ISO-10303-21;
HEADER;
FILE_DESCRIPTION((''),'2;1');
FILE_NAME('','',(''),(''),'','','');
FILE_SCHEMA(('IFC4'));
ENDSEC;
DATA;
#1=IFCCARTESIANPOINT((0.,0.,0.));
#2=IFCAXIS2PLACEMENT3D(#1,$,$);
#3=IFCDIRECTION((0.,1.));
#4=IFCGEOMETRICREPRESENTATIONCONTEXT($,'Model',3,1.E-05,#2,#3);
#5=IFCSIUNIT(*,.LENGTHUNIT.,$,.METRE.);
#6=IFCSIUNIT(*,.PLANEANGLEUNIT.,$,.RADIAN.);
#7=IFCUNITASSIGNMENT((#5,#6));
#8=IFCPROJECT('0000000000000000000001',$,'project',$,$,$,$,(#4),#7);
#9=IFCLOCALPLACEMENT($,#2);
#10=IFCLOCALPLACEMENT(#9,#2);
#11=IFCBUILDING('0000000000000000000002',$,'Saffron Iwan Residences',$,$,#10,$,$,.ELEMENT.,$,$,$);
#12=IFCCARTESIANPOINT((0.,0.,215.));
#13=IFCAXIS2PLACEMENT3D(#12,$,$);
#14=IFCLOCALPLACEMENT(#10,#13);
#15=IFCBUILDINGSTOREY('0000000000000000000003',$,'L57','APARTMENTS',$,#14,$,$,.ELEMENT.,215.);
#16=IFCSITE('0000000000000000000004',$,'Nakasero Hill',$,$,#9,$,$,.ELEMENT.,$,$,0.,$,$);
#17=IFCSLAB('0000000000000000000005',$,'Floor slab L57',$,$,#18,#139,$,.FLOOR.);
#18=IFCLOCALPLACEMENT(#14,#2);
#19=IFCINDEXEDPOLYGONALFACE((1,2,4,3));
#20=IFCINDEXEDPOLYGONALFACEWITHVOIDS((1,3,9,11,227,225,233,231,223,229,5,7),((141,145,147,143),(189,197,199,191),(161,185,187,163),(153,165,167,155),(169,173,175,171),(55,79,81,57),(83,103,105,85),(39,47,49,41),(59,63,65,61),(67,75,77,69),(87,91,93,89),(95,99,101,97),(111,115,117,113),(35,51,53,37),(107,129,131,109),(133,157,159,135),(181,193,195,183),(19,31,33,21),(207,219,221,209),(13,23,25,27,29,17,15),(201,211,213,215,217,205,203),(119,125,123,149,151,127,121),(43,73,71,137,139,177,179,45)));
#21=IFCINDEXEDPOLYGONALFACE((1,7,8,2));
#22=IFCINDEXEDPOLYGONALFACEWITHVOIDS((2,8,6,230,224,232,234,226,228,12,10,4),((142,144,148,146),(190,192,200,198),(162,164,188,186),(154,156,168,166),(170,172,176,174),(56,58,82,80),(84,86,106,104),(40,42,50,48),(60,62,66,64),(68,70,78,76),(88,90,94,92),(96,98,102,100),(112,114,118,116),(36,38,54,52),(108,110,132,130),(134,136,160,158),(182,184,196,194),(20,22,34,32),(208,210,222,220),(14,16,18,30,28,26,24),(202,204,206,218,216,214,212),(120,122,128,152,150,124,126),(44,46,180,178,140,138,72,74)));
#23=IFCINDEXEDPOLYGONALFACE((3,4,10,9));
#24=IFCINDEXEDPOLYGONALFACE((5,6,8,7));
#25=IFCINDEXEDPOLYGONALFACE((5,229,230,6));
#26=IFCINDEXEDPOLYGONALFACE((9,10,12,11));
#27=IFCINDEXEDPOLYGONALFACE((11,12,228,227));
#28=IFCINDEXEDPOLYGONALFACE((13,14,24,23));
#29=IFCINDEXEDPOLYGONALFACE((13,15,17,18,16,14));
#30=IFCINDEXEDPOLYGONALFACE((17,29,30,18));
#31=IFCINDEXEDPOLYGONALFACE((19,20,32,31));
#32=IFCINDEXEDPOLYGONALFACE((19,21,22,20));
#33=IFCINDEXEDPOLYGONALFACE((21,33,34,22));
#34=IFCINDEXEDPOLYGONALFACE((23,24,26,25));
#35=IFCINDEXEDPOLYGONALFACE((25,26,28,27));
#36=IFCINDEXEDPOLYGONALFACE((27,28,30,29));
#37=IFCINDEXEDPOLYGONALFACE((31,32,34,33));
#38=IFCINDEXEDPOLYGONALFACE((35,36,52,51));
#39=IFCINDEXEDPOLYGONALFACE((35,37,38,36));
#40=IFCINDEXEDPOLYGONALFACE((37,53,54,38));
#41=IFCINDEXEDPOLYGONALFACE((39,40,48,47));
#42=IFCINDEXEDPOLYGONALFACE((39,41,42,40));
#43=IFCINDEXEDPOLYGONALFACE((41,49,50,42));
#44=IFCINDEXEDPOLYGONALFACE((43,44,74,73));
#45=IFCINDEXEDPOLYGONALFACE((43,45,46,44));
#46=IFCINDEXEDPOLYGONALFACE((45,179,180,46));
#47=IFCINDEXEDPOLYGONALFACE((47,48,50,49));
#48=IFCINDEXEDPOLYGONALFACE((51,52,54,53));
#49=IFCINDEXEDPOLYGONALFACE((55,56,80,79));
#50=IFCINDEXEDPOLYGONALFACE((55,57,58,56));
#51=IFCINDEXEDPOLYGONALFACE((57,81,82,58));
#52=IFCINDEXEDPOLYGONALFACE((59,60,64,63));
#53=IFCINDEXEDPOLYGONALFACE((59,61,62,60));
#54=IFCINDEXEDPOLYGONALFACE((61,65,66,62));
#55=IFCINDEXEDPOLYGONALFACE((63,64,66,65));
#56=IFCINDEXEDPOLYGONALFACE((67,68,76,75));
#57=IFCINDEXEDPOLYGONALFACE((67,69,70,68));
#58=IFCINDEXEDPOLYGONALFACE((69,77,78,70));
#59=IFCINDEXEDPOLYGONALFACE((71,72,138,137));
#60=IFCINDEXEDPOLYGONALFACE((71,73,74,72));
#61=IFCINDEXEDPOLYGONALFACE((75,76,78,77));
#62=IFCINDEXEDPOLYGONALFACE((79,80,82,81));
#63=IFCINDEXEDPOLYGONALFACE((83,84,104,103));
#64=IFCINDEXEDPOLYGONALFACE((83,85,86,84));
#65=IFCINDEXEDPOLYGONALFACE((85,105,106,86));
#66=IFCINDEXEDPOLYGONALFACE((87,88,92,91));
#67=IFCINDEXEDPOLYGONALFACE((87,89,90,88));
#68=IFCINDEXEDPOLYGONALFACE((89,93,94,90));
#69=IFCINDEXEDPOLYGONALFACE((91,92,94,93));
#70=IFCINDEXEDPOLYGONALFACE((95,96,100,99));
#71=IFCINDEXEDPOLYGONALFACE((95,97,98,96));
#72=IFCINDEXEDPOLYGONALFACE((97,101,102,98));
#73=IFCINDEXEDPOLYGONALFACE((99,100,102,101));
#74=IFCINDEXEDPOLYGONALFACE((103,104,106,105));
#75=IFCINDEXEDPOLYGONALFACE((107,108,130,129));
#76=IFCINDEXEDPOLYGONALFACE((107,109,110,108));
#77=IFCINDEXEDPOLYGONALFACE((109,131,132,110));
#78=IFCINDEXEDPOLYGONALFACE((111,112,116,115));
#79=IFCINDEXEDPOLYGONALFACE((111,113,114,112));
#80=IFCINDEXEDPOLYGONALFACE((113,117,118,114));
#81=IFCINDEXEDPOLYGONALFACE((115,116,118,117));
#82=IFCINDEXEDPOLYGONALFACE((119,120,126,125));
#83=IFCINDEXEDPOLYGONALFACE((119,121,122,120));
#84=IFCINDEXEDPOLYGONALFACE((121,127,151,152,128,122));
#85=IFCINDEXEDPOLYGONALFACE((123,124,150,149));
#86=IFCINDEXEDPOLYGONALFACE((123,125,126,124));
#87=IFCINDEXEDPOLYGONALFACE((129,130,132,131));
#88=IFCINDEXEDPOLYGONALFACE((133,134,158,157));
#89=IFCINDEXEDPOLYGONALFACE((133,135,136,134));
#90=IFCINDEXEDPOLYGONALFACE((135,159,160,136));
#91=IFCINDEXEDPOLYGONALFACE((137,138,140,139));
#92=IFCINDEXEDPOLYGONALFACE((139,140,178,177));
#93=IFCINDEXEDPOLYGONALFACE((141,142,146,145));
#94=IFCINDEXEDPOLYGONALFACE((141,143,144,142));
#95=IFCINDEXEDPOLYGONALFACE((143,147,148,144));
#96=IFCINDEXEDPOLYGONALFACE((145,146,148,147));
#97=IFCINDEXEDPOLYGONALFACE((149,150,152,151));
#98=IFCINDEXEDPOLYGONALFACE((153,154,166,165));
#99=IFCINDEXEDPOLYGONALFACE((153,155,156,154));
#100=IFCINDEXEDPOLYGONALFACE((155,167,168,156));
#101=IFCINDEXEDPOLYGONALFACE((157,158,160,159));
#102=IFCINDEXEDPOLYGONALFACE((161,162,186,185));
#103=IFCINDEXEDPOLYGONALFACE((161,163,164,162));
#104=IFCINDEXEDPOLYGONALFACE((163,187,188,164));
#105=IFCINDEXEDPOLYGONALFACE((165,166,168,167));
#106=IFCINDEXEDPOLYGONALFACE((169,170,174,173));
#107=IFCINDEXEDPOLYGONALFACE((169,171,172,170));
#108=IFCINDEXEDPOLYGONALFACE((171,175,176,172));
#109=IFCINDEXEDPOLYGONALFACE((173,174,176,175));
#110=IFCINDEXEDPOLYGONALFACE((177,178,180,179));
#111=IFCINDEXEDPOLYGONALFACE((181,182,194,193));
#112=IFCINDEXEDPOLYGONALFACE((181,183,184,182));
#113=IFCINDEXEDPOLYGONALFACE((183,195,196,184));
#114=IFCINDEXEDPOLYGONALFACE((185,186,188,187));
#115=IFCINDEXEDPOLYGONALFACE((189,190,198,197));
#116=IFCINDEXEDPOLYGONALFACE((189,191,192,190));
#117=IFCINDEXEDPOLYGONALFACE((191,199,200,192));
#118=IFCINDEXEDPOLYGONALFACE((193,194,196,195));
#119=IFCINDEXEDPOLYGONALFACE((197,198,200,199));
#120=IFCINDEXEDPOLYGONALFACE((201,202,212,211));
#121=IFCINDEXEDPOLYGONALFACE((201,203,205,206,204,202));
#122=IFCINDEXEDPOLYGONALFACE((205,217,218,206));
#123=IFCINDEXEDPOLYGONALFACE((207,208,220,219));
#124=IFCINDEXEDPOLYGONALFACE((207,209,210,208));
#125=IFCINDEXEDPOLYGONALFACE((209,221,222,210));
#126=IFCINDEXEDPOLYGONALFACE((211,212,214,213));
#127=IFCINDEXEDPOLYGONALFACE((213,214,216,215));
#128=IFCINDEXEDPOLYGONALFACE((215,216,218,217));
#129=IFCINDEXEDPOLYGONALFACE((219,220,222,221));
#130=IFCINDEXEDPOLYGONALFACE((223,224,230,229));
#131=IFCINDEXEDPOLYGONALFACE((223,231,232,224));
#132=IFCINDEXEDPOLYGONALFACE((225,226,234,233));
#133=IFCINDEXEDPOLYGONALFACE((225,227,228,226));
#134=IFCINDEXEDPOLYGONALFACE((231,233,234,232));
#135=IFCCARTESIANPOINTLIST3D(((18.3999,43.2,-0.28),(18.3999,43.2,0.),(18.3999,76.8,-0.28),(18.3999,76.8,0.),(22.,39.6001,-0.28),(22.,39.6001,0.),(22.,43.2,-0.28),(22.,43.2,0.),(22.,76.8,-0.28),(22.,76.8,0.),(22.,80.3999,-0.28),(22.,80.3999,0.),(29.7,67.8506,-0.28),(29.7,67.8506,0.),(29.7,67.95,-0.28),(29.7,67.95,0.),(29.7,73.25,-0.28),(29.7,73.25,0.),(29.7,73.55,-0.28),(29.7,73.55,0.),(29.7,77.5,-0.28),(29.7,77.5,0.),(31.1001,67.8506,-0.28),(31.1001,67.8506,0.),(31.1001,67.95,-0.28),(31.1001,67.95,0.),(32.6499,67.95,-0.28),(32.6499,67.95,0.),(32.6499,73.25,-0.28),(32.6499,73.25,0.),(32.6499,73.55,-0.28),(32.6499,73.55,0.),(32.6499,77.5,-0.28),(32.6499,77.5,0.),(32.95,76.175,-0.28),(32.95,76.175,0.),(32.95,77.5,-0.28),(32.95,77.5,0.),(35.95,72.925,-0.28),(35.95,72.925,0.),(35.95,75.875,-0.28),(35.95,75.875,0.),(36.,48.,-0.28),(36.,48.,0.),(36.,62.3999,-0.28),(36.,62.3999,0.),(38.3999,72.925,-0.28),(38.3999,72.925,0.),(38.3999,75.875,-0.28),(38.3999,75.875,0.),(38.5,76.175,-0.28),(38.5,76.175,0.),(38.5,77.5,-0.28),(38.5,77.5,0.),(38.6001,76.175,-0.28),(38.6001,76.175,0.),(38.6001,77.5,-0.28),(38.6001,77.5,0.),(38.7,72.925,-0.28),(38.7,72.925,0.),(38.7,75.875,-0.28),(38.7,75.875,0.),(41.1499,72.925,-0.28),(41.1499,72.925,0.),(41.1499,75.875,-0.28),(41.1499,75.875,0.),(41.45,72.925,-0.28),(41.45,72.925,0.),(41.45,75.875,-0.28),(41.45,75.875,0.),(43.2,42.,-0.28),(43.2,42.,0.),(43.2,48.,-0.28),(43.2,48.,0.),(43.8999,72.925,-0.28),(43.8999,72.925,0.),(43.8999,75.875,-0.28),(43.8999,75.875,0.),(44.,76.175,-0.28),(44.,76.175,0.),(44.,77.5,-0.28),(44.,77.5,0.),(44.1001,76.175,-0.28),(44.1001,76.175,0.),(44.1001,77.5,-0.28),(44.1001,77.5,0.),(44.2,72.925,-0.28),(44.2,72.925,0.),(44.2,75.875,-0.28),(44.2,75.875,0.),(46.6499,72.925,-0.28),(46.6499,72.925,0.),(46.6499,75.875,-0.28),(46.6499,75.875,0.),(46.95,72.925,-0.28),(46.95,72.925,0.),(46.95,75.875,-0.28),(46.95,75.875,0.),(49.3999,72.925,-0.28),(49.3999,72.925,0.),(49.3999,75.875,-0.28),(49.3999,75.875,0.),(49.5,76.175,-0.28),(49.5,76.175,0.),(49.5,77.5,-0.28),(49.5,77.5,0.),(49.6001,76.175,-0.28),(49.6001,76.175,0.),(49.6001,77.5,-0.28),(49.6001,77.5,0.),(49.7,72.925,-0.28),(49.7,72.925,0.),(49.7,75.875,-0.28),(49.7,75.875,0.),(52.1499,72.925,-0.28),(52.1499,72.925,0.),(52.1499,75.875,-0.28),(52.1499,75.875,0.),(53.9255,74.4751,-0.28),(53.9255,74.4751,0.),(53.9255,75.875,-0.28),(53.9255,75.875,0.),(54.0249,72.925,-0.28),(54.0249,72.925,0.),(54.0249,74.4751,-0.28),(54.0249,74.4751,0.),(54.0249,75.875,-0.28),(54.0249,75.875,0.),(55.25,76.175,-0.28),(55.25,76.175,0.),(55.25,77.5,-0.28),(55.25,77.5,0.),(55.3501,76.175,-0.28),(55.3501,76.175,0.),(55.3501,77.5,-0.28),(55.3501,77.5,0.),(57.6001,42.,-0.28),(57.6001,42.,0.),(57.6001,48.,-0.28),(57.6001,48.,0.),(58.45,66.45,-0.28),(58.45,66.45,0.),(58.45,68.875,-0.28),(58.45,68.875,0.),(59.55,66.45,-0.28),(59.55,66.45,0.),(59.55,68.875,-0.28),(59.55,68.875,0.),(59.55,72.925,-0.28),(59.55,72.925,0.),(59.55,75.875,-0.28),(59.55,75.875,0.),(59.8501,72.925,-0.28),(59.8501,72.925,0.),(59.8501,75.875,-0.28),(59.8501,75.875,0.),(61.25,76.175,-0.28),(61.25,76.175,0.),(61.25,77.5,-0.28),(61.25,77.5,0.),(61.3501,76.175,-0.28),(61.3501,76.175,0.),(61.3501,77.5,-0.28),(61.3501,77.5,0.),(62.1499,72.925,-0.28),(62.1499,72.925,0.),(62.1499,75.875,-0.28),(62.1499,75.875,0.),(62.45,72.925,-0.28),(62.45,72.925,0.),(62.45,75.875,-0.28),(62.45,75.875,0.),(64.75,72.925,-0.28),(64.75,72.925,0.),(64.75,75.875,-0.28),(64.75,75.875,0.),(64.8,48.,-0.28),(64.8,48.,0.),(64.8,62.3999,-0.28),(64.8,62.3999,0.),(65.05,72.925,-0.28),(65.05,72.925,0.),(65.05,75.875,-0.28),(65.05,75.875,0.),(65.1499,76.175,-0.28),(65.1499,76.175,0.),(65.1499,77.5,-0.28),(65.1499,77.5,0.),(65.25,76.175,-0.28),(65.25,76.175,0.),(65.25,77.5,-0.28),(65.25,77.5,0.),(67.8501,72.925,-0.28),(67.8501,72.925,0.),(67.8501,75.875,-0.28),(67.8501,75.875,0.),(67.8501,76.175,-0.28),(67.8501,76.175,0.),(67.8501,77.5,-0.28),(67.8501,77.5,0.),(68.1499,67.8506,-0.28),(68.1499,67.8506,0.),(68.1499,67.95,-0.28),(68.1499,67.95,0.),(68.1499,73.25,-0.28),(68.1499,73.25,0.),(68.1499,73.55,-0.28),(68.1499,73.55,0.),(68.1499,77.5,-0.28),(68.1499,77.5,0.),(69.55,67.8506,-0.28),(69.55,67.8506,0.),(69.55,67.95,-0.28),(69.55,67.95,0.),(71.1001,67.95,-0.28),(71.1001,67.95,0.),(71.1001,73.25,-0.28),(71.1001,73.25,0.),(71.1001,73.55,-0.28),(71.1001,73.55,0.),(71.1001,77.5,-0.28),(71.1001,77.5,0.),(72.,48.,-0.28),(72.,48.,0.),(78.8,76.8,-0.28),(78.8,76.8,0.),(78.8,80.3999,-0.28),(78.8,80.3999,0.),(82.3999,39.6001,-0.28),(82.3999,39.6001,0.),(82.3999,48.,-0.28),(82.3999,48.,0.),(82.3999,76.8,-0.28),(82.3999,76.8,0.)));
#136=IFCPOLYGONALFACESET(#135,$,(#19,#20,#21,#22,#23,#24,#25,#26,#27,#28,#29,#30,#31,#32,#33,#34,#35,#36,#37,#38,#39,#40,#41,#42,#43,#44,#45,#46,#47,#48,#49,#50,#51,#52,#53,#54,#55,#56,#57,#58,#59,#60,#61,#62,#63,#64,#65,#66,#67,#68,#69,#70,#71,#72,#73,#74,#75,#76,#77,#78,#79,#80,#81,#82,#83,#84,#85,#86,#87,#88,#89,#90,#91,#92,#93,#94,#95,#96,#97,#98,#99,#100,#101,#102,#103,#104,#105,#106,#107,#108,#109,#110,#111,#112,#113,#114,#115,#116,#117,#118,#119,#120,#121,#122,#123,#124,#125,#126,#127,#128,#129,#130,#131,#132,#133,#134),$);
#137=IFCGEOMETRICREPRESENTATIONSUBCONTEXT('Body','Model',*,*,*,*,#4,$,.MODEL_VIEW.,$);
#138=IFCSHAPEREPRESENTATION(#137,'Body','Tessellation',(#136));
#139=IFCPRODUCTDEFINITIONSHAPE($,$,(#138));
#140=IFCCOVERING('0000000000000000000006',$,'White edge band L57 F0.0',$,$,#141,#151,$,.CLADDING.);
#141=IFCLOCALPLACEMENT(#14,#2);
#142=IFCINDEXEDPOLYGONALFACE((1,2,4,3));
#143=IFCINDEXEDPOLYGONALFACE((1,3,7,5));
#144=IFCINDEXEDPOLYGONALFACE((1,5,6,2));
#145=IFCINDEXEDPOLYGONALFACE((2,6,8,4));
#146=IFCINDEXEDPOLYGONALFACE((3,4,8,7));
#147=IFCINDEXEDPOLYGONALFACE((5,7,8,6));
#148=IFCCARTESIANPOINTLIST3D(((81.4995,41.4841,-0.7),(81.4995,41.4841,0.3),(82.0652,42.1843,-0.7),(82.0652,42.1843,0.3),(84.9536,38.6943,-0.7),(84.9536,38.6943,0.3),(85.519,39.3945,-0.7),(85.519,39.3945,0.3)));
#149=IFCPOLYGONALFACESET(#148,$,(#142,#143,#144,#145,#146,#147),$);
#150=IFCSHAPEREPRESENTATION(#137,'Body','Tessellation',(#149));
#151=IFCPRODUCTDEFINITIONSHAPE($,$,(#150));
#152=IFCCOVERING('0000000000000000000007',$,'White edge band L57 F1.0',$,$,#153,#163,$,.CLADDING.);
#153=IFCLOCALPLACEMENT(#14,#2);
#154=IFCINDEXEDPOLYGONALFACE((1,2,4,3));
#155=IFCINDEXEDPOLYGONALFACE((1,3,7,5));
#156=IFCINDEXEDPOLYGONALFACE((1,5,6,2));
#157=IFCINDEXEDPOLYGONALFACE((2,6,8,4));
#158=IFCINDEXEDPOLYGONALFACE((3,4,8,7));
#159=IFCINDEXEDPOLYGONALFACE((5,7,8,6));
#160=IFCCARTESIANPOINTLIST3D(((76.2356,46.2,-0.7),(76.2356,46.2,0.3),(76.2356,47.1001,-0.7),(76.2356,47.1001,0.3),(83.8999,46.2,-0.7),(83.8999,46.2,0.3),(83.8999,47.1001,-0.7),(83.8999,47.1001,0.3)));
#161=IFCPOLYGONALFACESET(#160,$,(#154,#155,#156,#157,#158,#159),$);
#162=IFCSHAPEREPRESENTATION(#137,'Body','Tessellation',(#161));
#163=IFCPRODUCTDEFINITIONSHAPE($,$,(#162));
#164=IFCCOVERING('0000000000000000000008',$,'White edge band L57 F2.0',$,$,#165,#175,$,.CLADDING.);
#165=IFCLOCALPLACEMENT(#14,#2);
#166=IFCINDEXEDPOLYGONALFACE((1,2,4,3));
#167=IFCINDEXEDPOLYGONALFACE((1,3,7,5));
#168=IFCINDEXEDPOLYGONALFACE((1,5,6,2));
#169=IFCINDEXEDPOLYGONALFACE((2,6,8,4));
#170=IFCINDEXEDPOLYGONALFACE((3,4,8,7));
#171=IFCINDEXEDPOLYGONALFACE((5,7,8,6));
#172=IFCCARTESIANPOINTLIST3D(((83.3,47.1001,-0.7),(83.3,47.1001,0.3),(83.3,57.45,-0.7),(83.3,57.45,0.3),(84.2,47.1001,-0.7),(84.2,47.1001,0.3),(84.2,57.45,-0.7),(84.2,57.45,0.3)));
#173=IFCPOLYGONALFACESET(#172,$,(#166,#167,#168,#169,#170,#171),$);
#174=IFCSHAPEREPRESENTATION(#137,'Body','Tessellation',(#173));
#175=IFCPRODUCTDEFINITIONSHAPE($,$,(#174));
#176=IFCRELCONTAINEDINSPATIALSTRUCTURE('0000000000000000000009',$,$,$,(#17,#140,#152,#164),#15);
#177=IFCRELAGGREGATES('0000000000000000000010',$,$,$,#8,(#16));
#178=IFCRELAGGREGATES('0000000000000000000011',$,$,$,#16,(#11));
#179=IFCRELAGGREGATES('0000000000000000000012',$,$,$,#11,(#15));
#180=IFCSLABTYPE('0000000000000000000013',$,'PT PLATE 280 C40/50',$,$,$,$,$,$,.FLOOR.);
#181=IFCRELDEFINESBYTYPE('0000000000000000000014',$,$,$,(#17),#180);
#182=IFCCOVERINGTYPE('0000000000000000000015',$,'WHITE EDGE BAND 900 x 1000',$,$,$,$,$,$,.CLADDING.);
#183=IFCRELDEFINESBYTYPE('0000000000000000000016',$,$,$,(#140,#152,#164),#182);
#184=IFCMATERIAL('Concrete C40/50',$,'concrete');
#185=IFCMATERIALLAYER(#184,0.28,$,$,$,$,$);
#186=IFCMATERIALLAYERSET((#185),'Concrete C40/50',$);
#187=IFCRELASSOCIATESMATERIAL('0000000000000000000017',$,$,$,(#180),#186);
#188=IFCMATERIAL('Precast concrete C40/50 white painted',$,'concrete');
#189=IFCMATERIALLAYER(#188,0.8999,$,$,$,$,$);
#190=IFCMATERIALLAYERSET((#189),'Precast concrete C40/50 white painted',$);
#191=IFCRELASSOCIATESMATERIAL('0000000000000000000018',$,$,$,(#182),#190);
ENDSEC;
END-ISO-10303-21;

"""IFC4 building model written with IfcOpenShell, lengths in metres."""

from ifc_helpers import new_model, si_unit, direction, frame, origin, place, context, subcontext, project, spatial, polyline, outline, extrude, material, layer, layer_set, type_object, element, save


model = new_model("IFC4")

# Units and contexts
model_context = context("Model", 3, precision=1e-05, world=origin(), true_north=direction((0.0, 1.0)))
body_context = subcontext(model_context, "Body", "Model", "MODEL_VIEW")
ifc_project = project(units=[si_unit("LENGTHUNIT", "METRE"), si_unit("PLANEANGLEUNIT", "RADIAN")], contexts=[model_context])

# Site, building, storey
site_placement = place(None, origin())
site = spatial("IfcSite", under=ifc_project, at=site_placement, Name="Nakasero Hill", CompositionType="ELEMENT", RefElevation=0.0)
building_placement = place(site_placement, origin())
building = spatial("IfcBuilding", under=site, at=building_placement, Name="Saffron Iwan Residences", CompositionType="ELEMENT")
storey_placement = place(building_placement, frame((0.0, 0.0, 215.0)))
storey = spatial("IfcBuildingStorey", under=building, at=storey_placement, Name="L57", Description="APARTMENTS", CompositionType="ELEMENT", Elevation=215.0)

# Slab
ifc_material_1 = material(Name="Concrete C40/50", Category="concrete")
ifc_layer_1 = layer(ifc_material_1, 0.28)
ifc_layer_set_1 = layer_set([ifc_layer_1], Name="Concrete C40/50")
slab_type = type_object("IfcSlabType", Name="PT PLATE 280 C40/50", PredefinedType="FLOOR", material=ifc_layer_set_1)
slab_placement = place(storey_placement, frame((0.0, 0.0, -0.28)))
element("IfcSlab", 1, at=slab_placement, inside=storey, type_object=slab_type, Name="Floor slab L57", PredefinedType="FLOOR", context=body_context, shape_type="SweptSolid", body=[
    extrude(outline(polyline([(18.3999, 43.2), (18.3999, 76.8), (22.0, 76.8), (22.0, 80.3999), (78.8, 80.3999), (78.8, 76.8), (82.3999, 76.8), (82.3999, 48.0), (72.0, 48.0), (82.3999, 39.6001), (22.0, 39.6001), (22.0, 43.2), (18.3999, 43.2)]), holes=[polyline([(64.8, 48.0), (64.8, 62.3999), (36.0, 62.3999), (36.0, 48.0), (43.2, 48.0), (43.2, 42.0), (57.6001, 42.0), (57.6001, 48.0), (64.8, 48.0)]), polyline([(29.7, 73.25), (29.7, 67.95), (29.7, 67.8506), (31.1001, 67.8506), (31.1001, 67.95), (32.6499, 67.95), (32.6499, 73.25), (29.7, 73.25)]), polyline([(38.3999, 75.875), (35.95, 75.875), (35.95, 72.925), (38.3999, 72.925), (38.3999, 75.875)]), polyline([(41.1499, 75.875), (38.7, 75.875), (38.7, 72.925), (41.1499, 72.925), (41.1499, 75.875)]), polyline([(43.8999, 72.925), (43.8999, 75.875), (41.45, 75.875), (41.45, 72.925), (43.8999, 72.925)]), polyline([(46.6499, 72.925), (46.6499, 75.875), (44.2, 75.875), (44.2, 72.925), (46.6499, 72.925)]), polyline([(49.3999, 75.875), (46.95, 75.875), (46.95, 72.925), (49.3999, 72.925), (49.3999, 75.875)]), polyline([(52.1499, 72.925), (52.1499, 75.875), (49.7, 75.875), (49.7, 72.925), (52.1499, 72.925)]), polyline([(32.6499, 73.55), (32.6499, 77.5), (29.7, 77.5), (29.7, 73.55), (32.6499, 73.55)]), polyline([(38.5, 77.5), (32.95, 77.5), (32.95, 76.175), (38.5, 76.175), (38.5, 77.5)]), polyline([(44.0, 76.175), (44.0, 77.5), (38.6001, 77.5), (38.6001, 76.175), (44.0, 76.175)]), polyline([(49.5, 76.175), (49.5, 77.5), (44.1001, 77.5), (44.1001, 76.175), (49.5, 76.175)]), polyline([(59.55, 68.875), (58.45, 68.875), (58.45, 66.45), (59.55, 66.45), (59.55, 68.875)]), polyline([(68.1499, 73.25), (68.1499, 67.95), (68.1499, 67.8506), (69.55, 67.8506), (69.55, 67.95), (71.1001, 67.95), (71.1001, 73.25), (68.1499, 73.25)]), polyline([(54.0249, 74.4751), (54.0249, 72.925), (59.55, 72.925), (59.55, 75.875), (54.0249, 75.875), (53.9255, 75.875), (53.9255, 74.4751), (54.0249, 74.4751)]), polyline([(62.1499, 72.925), (62.1499, 75.875), (59.8501, 75.875), (59.8501, 72.925), (62.1499, 72.925)]), polyline([(64.75, 72.925), (64.75, 75.875), (62.45, 75.875), (62.45, 72.925), (64.75, 72.925)]), polyline([(67.8501, 75.875), (65.05, 75.875), (65.05, 72.925), (67.8501, 72.925), (67.8501, 75.875)]), polyline([(71.1001, 73.55), (71.1001, 77.5), (68.1499, 77.5), (68.1499, 73.55), (71.1001, 73.55)]), polyline([(55.25, 76.175), (55.25, 77.5), (49.6001, 77.5), (49.6001, 76.175), (55.25, 76.175)]), polyline([(61.25, 77.5), (55.3501, 77.5), (55.3501, 76.175), (61.25, 76.175), (61.25, 77.5)]), polyline([(65.1499, 76.175), (65.1499, 77.5), (61.3501, 77.5), (61.3501, 76.175), (65.1499, 76.175)]), polyline([(67.8501, 76.175), (67.8501, 77.5), (65.25, 77.5), (65.25, 76.175), (67.8501, 76.175)])]), origin(), (0.0, 0.0, 1.0), 0.28),
])

# Coverings
ifc_material_2 = material(Name="Precast concrete C40/50 white painted", Category="concrete")
ifc_layer_2 = layer(ifc_material_2, 0.8999)
ifc_layer_set_2 = layer_set([ifc_layer_2], Name="Precast concrete C40/50 white painted")
covering_type = type_object("IfcCoveringType", Name="WHITE EDGE BAND 900 x 1000", PredefinedType="CLADDING", material=ifc_layer_set_2)
covering_1_placement = place(storey_placement, frame((0.0, 0.0, -0.7)))
element("IfcCovering", 2, at=covering_1_placement, inside=storey, type_object=covering_type, Name="White edge band L57 F0.0", PredefinedType="CLADDING", context=body_context, shape_type="SweptSolid", body=[
    extrude(outline(polyline([(85.519, 39.3945), (82.0652, 42.1843), (81.4995, 41.4841), (84.9536, 38.6943), (85.519, 39.3945)])), origin(), (0.0, 0.0, 1.0), 1.0),
])
covering_2_placement = place(storey_placement, frame((0.0, 0.0, -0.7)))
element("IfcCovering", 3, at=covering_2_placement, inside=storey, type_object=covering_type, Name="White edge band L57 F1.0", PredefinedType="CLADDING", context=body_context, shape_type="SweptSolid", body=[
    extrude(outline(polyline([(76.2356, 46.2), (83.8999, 46.2), (83.8999, 47.1001), (76.2356, 47.1001), (76.2356, 46.2)])), origin(), (0.0, 0.0, 1.0), 1.0),
])
covering_3_placement = place(storey_placement, frame((0.0, 0.0, -0.7)))
element("IfcCovering", 4, at=covering_3_placement, inside=storey, type_object=covering_type, Name="White edge band L57 F2.0", PredefinedType="CLADDING", context=body_context, shape_type="SweptSolid", body=[
    extrude(outline(polyline([(84.2, 47.1001), (84.2, 57.45), (83.3, 57.45), (83.3, 47.1001), (84.2, 47.1001)])), origin(), (0.0, 0.0, 1.0), 1.0),
])

save(model, "model.ifc")
